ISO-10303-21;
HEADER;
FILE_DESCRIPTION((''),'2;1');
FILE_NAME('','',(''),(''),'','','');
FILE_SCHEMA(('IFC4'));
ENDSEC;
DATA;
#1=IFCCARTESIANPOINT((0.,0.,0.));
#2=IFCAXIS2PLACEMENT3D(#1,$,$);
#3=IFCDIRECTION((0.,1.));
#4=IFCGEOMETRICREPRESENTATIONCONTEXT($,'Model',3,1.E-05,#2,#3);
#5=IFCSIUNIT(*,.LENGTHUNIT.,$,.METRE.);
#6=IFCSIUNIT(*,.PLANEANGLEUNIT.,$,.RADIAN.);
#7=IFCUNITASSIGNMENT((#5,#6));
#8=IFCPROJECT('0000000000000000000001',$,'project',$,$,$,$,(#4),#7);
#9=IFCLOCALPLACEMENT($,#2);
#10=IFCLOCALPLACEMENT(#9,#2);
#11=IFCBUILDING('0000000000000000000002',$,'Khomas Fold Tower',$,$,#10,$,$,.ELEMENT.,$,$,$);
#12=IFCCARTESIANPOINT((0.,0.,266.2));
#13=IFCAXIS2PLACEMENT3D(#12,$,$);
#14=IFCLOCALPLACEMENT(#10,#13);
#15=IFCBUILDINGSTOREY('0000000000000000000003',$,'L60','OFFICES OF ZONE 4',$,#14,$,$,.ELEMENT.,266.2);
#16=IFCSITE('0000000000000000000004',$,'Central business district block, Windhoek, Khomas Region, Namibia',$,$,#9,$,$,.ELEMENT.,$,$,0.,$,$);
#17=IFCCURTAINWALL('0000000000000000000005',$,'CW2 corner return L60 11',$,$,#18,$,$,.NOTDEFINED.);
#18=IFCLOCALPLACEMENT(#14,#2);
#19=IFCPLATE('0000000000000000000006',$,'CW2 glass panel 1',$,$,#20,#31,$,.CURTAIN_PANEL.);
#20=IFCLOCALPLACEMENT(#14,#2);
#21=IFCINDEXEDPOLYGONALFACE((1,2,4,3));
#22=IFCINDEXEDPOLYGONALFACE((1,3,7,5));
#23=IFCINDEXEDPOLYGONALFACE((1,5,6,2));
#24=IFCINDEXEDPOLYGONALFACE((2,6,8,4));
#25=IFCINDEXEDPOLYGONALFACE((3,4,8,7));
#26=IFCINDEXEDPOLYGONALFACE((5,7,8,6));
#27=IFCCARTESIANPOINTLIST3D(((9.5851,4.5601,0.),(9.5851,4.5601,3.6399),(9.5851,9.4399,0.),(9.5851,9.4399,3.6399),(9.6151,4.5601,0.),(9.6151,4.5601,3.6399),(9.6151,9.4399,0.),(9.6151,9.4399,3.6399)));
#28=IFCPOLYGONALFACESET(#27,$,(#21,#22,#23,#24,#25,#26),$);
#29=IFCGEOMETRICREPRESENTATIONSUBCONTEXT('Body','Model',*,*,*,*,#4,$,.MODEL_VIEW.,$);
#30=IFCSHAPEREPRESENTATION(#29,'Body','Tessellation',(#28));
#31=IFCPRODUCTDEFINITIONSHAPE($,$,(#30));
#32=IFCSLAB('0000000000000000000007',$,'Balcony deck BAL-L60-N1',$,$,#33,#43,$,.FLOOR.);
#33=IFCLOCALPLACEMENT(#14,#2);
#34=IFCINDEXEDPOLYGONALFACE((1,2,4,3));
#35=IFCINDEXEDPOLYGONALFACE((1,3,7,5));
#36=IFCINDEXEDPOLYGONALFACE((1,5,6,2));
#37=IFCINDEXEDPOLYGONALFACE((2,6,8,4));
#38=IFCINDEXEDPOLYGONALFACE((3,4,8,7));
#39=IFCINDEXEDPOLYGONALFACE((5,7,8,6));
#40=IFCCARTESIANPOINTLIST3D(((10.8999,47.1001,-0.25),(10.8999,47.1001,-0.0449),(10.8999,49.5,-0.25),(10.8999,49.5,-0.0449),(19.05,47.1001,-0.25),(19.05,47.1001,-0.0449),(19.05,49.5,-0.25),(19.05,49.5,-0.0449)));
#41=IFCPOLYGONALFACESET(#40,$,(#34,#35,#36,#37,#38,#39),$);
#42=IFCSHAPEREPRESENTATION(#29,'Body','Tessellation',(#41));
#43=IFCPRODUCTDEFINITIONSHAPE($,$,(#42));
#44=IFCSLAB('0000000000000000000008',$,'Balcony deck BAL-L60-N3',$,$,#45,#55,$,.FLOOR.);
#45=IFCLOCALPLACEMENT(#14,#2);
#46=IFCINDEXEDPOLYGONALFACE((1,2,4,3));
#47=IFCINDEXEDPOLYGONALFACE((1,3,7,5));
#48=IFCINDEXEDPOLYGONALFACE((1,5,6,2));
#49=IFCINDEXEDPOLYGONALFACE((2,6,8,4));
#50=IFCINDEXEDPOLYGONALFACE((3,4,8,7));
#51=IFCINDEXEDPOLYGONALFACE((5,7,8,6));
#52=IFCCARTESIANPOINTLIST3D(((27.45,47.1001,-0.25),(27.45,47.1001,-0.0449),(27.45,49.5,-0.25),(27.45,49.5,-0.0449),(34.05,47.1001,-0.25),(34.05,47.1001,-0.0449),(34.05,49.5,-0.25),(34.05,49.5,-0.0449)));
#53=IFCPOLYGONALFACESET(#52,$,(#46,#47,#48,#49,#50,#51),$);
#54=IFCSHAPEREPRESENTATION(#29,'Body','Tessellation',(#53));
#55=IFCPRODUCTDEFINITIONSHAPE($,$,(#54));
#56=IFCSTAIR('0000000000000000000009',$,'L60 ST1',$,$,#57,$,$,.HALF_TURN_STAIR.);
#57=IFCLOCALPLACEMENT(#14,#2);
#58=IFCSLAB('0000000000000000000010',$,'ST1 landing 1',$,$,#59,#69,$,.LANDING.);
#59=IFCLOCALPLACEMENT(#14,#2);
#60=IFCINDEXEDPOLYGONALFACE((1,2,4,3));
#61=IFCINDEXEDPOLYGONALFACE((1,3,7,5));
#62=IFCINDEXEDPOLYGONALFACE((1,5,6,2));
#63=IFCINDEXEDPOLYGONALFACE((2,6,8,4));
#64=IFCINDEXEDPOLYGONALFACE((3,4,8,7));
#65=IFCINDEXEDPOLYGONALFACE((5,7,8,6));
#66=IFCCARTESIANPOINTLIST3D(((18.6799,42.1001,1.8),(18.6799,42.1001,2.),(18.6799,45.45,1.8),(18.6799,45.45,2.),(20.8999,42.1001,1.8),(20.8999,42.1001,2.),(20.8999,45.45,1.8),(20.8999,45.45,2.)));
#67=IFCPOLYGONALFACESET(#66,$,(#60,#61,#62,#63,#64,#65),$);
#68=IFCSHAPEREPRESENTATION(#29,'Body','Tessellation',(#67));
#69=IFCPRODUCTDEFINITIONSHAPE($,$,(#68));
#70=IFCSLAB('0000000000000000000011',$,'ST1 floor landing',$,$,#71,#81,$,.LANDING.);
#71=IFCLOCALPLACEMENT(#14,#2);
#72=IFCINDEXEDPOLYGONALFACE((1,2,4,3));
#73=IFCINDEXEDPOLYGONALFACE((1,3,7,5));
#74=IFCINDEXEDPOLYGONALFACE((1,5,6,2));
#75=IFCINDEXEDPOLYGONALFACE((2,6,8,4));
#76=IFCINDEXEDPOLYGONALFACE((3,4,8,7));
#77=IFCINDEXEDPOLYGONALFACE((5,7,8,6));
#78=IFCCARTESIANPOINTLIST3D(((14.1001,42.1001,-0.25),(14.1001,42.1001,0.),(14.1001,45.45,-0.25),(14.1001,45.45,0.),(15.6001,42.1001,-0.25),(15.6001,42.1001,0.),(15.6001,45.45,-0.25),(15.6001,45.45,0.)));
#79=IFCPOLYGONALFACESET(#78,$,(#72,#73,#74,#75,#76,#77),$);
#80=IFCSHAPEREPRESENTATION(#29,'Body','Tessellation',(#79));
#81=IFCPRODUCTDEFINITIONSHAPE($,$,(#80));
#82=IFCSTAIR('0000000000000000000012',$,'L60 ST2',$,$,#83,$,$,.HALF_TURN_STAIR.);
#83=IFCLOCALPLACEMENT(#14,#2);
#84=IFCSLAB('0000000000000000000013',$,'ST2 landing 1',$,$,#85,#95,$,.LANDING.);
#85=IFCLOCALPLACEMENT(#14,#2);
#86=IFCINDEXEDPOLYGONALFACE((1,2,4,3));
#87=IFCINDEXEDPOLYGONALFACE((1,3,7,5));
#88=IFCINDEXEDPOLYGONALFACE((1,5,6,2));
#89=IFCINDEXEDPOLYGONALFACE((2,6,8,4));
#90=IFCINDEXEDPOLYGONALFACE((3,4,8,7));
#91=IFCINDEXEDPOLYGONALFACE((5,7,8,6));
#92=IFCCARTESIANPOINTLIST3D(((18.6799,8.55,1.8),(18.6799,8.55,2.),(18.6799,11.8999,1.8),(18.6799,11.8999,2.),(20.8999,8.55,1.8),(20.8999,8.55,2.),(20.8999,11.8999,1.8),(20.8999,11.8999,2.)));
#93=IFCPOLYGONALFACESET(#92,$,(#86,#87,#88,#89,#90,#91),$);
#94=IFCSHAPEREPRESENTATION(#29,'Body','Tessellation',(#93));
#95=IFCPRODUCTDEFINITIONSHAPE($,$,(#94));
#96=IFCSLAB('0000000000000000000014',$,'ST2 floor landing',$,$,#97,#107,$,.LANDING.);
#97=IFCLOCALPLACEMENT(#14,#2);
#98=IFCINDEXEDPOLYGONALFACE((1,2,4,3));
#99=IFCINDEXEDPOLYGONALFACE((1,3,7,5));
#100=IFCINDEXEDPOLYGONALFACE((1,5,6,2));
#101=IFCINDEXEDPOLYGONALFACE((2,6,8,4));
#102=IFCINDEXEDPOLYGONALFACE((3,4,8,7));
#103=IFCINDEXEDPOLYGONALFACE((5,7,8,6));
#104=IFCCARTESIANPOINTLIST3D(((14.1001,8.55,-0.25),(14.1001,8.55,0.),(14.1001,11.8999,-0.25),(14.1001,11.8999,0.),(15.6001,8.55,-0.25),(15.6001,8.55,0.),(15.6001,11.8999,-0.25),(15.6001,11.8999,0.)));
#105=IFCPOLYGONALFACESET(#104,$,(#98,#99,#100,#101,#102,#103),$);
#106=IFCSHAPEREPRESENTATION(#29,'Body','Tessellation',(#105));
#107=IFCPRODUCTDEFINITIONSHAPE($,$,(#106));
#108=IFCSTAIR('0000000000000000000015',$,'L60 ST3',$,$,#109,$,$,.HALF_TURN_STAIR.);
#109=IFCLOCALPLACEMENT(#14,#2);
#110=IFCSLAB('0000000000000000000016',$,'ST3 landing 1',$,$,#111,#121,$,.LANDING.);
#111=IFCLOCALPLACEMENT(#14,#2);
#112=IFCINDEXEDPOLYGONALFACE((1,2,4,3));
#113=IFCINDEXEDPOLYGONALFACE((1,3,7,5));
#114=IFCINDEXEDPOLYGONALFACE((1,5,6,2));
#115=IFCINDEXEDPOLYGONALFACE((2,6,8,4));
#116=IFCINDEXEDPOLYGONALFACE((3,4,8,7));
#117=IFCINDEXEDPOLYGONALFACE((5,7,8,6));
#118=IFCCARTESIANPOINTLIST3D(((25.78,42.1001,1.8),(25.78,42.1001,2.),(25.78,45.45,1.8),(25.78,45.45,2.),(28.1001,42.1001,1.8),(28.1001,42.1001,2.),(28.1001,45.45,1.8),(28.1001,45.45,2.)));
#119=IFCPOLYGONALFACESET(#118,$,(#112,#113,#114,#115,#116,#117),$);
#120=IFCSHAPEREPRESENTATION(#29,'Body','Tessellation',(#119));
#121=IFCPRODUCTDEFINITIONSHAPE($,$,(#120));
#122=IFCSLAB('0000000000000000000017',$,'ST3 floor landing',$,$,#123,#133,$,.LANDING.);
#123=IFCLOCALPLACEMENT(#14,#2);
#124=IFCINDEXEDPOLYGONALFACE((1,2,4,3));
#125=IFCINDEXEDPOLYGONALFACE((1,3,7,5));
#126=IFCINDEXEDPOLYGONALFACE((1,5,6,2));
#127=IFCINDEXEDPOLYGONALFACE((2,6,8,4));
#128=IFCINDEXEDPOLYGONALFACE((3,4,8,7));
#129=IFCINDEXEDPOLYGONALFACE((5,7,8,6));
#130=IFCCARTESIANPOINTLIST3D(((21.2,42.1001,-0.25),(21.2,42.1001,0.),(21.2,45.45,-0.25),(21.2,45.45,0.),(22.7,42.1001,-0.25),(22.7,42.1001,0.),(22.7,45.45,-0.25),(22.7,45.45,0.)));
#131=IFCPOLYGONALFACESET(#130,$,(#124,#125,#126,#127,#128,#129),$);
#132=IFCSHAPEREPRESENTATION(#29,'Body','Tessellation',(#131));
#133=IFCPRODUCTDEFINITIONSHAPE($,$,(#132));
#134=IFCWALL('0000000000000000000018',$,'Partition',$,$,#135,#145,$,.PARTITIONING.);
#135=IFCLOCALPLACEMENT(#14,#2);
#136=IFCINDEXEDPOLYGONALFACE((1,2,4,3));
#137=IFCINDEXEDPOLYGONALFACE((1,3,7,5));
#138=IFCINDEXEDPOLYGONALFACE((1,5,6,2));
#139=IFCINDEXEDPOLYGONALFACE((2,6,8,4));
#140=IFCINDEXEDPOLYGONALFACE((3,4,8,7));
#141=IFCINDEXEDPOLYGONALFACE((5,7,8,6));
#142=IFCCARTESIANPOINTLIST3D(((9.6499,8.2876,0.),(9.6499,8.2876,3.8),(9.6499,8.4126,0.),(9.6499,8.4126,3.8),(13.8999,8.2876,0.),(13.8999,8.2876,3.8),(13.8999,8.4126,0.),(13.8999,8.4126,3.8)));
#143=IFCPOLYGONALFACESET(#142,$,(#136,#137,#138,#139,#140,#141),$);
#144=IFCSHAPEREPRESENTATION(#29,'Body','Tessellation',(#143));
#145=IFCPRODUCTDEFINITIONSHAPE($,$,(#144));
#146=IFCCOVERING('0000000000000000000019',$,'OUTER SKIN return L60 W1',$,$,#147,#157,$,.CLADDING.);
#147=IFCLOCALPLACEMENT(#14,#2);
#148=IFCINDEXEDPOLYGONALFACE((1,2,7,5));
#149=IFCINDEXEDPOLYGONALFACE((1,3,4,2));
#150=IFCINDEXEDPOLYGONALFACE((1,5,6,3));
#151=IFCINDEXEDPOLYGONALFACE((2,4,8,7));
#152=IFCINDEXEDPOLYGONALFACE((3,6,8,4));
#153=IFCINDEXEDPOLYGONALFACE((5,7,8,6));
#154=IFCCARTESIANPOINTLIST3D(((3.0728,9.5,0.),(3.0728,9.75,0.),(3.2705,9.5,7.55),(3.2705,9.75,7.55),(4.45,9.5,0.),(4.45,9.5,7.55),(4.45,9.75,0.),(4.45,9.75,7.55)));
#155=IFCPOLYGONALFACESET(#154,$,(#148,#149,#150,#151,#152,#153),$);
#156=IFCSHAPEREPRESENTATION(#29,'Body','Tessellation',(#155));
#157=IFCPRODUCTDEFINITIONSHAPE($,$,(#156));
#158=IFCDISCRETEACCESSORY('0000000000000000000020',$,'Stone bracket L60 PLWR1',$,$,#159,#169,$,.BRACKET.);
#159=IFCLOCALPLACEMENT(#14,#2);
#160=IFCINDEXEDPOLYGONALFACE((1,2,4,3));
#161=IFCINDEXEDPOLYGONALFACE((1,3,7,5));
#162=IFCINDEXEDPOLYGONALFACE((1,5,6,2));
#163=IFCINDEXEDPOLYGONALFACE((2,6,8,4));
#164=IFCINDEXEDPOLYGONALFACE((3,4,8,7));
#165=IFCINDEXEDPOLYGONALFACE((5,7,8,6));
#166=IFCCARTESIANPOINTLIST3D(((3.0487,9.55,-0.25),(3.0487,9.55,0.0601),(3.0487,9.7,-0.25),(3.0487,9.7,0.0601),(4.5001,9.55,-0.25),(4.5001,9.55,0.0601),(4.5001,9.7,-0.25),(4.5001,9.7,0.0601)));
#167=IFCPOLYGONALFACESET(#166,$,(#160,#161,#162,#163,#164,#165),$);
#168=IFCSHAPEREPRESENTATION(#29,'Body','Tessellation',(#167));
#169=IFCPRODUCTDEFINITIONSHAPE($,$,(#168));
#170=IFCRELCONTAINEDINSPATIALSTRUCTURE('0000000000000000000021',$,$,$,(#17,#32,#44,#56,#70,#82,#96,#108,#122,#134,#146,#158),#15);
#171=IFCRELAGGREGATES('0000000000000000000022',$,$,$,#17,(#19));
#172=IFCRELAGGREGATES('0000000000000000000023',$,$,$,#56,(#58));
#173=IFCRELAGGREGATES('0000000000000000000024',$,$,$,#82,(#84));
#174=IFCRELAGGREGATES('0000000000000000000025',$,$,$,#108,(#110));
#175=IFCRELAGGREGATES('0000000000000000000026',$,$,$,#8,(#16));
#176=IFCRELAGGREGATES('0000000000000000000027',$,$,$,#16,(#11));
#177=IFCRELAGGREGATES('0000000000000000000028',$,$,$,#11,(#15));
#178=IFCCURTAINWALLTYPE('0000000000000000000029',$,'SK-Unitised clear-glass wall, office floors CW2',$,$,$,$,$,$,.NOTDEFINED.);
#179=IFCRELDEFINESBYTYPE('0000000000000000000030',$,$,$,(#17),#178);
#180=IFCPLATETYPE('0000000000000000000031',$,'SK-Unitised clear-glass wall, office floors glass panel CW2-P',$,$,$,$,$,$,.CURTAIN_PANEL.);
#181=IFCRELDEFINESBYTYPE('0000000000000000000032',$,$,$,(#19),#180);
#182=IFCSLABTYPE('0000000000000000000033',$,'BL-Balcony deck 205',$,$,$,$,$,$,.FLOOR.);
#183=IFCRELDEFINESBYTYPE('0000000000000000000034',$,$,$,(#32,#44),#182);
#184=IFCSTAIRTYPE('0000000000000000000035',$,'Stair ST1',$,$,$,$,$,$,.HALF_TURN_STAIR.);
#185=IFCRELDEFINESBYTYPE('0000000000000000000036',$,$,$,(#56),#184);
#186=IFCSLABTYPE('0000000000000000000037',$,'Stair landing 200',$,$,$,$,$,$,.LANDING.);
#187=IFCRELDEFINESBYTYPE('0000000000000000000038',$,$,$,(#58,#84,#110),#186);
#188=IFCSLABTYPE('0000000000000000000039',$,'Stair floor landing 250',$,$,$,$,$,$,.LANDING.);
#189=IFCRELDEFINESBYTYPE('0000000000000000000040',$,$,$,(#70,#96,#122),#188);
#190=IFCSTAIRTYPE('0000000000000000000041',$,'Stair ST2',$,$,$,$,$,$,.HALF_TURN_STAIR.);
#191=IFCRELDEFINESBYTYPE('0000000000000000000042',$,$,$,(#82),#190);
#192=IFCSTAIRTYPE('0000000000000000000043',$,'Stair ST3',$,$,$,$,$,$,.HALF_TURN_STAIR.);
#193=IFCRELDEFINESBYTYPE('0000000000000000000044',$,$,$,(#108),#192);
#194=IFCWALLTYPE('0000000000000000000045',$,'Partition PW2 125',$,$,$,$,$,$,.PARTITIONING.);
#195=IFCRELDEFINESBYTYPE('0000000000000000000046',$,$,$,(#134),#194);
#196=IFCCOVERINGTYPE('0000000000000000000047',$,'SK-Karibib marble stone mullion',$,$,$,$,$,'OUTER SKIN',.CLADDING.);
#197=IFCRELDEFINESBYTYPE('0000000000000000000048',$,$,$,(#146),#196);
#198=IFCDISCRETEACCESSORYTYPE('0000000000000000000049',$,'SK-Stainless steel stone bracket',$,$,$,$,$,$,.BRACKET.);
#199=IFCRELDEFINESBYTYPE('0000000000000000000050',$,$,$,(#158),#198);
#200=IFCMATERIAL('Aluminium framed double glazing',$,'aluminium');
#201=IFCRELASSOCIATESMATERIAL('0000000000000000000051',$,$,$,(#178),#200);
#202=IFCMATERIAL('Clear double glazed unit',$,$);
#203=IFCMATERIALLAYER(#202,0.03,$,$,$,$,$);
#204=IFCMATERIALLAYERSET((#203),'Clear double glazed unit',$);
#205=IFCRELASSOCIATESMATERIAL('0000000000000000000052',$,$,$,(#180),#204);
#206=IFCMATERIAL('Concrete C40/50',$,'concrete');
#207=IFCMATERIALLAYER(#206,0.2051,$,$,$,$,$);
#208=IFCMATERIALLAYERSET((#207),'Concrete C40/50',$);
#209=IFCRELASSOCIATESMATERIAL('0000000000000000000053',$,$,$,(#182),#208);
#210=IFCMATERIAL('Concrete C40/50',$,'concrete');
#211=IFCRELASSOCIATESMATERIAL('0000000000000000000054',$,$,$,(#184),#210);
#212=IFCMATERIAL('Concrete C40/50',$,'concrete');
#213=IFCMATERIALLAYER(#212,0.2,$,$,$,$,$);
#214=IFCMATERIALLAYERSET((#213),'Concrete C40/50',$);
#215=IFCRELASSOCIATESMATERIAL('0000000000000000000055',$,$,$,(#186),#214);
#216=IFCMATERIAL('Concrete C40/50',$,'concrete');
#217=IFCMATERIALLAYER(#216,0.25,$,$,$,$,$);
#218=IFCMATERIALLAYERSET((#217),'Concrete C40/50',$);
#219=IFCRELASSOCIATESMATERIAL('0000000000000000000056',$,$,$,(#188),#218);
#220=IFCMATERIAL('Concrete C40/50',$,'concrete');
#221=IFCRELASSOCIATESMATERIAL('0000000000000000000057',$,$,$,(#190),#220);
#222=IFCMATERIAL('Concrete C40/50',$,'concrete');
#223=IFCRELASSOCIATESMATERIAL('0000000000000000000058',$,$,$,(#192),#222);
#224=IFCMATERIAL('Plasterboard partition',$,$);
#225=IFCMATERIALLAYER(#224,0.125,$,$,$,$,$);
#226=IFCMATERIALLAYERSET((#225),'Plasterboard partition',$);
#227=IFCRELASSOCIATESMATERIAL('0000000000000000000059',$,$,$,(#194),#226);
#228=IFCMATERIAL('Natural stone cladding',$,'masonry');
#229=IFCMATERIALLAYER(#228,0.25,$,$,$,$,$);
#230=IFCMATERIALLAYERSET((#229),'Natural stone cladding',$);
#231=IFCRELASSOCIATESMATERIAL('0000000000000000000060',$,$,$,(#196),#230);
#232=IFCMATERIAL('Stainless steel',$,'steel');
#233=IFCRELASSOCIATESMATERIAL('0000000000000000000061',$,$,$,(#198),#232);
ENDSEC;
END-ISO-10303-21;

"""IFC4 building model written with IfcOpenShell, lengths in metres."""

from ifc_helpers import new_model, si_unit, direction, frame, frame_2d, origin, origin_2d, place, context, subcontext, project, spatial, polyline, rectangle, outline, extrude, source, transform, mapped, material, layer, layer_set, type_object, element, aggregate, save


model = new_model("IFC4")

# Units and contexts
model_context = context("Model", 3, precision=1e-05, world=origin(), true_north=direction((0.0, 1.0)))
body_context = subcontext(model_context, "Body", "Model", "MODEL_VIEW")
ifc_project = project(units=[si_unit("LENGTHUNIT", "METRE"), si_unit("PLANEANGLEUNIT", "RADIAN")], contexts=[model_context])

# Site, building, storey
site_placement = place(None, origin())
site = spatial("IfcSite", under=ifc_project, at=site_placement, Name="Central business district block, Windhoek, Khomas Region, Namibia", CompositionType="ELEMENT", RefElevation=0.0)
building_placement = place(site_placement, origin())
building = spatial("IfcBuilding", under=site, at=building_placement, Name="Khomas Fold Tower", CompositionType="ELEMENT")
storey_placement = place(building_placement, frame((0.0, 0.0, 266.2)))
storey = spatial("IfcBuildingStorey", under=building, at=storey_placement, Name="L60", Description="OFFICES OF ZONE 4", CompositionType="ELEMENT", Elevation=266.2)

# Shared definitions
ifc_material_1 = material(Name="Aluminium framed double glazing", Category="aluminium")
curtain_wall_type = type_object("IfcCurtainWallType", Name="SK-Unitised clear-glass wall, office floors CW2", PredefinedType="NOTDEFINED", material=ifc_material_1)

# Curtain wall
curtain_wall_1_placement = place(storey_placement, origin())
curtain_wall_1 = element("IfcCurtainWall", 1, at=curtain_wall_1_placement, inside=storey, type_object=curtain_wall_type, Name="CW2 corner return L60 11", PredefinedType="NOTDEFINED")

# Plate
ifc_material_2 = material(Name="Clear double glazed unit")
ifc_layer_1 = layer(ifc_material_2, 0.03)
ifc_layer_set_1 = layer_set([ifc_layer_1], Name="Clear double glazed unit")
plate_type_1 = type_object("IfcPlateType", Name="SK-Unitised clear-glass wall, office floors glass panel CW2-P", PredefinedType="CURTAIN_PANEL", material=ifc_layer_set_1)
shared_shape_1 = source(origin(), body_context, "Body", "SweptSolid", [
    extrude(rectangle(XDim=4.8799, YDim=0.03, at=origin_2d()), origin(), (0.0, 0.0, 1.0), 3.6399),
])
plate_1_placement = place(storey_placement, frame((9.6001, 7.0, 0.0), z_axis=(0.0, 0.0, 1.0), x_axis=(0.0, -1.0, 0.0)))
plate_1 = element("IfcPlate", 2, at=plate_1_placement, type_object=plate_type_1, Name="CW2 glass panel 1", PredefinedType="CURTAIN_PANEL", context=body_context, shape_type="MappedRepresentation", body=[
    mapped(shared_shape_1, transform((0.0, 0.0, 0.0))),
])
aggregate(curtain_wall_1, [plate_1])

# Slabs
ifc_material_3 = material(Name="Concrete C40/50", Category="concrete")
ifc_layer_2 = layer(ifc_material_3, 0.2051)
ifc_layer_set_2 = layer_set([ifc_layer_2], Name="Concrete C40/50")
slab_type_1 = type_object("IfcSlabType", Name="BL-Balcony deck 205", PredefinedType="FLOOR", material=ifc_layer_set_2)
shared_shape_2 = source(origin(), body_context, "Body", "SweptSolid", [
    extrude(outline(polyline([(10.8999, 47.1001), (19.05, 47.1001), (19.05, 49.5), (10.8999, 49.5), (10.8999, 47.1001)])), origin(), (0.0, 0.0, 1.0), 0.2051),
])
slab_1_placement = place(storey_placement, frame((0.0, 0.0, -0.25)))
element("IfcSlab", 3, at=slab_1_placement, inside=storey, type_object=slab_type_1, Name="Balcony deck BAL-L60-N1", PredefinedType="FLOOR", context=body_context, shape_type="MappedRepresentation", body=[
    mapped(shared_shape_2, transform((0.0, 0.0, 0.0))),
])
shared_shape_3 = source(origin(), body_context, "Body", "SweptSolid", [
    extrude(outline(polyline([(27.45, 47.1001), (34.05, 47.1001), (34.05, 49.5), (27.45, 49.5), (27.45, 47.1001)])), origin(), (0.0, 0.0, 1.0), 0.2051),
])
slab_2_placement = place(storey_placement, frame((0.0, 0.0, -0.25)))
element("IfcSlab", 4, at=slab_2_placement, inside=storey, type_object=slab_type_1, Name="Balcony deck BAL-L60-N3", PredefinedType="FLOOR", context=body_context, shape_type="MappedRepresentation", body=[
    mapped(shared_shape_3, transform((0.0, 0.0, 0.0))),
])

# Stair, slab
ifc_material_4 = material(Name="Concrete C40/50", Category="concrete")
stair_type_1 = type_object("IfcStairType", Name="Stair ST1", PredefinedType="HALF_TURN_STAIR", material=ifc_material_4)
stair_1_placement = place(storey_placement, origin())
stair_1 = element("IfcStair", 5, at=stair_1_placement, inside=storey, type_object=stair_type_1, Name="L60 ST1", PredefinedType="HALF_TURN_STAIR")
ifc_material_5 = material(Name="Concrete C40/50", Category="concrete")
ifc_layer_3 = layer(ifc_material_5, 0.2)
ifc_layer_set_3 = layer_set([ifc_layer_3], Name="Concrete C40/50")
slab_type_2 = type_object("IfcSlabType", Name="Stair landing 200", PredefinedType="LANDING", material=ifc_layer_set_3)
shared_shape_4 = source(origin(), body_context, "Body", "SweptSolid", [
    extrude(outline(polyline([(18.6799, 42.1001), (20.8999, 42.1001), (20.8999, 45.45), (18.6799, 45.45), (18.6799, 42.1001)])), origin(), (0.0, 0.0, 1.0), 0.2),
])
slab_3_placement = place(storey_placement, frame((0.0, 0.0, 1.8)))
slab_3 = element("IfcSlab", 6, at=slab_3_placement, type_object=slab_type_2, Name="ST1 landing 1", PredefinedType="LANDING", context=body_context, shape_type="MappedRepresentation", body=[
    mapped(shared_shape_4, transform((0.0, 0.0, 0.0))),
])
aggregate(stair_1, [slab_3])

# Slab
ifc_material_6 = material(Name="Concrete C40/50", Category="concrete")
ifc_layer_4 = layer(ifc_material_6, 0.25)
ifc_layer_set_4 = layer_set([ifc_layer_4], Name="Concrete C40/50")
slab_type_3 = type_object("IfcSlabType", Name="Stair floor landing 250", PredefinedType="LANDING", material=ifc_layer_set_4)
shared_shape_5 = source(origin(), body_context, "Body", "SweptSolid", [
    extrude(outline(polyline([(15.6001, 42.1001), (14.1001, 42.1001), (14.1001, 45.45), (15.6001, 45.45), (15.6001, 42.1001)])), origin(), (0.0, 0.0, 1.0), 0.25),
])
slab_4_placement = place(storey_placement, frame((0.0, 0.0, -0.25)))
element("IfcSlab", 7, at=slab_4_placement, inside=storey, type_object=slab_type_3, Name="ST1 floor landing", PredefinedType="LANDING", context=body_context, shape_type="MappedRepresentation", body=[
    mapped(shared_shape_5, transform((0.0, 0.0, 0.0))),
])

# Stair, slab
ifc_material_7 = material(Name="Concrete C40/50", Category="concrete")
stair_type_2 = type_object("IfcStairType", Name="Stair ST2", PredefinedType="HALF_TURN_STAIR", material=ifc_material_7)
stair_2_placement = place(storey_placement, origin())
stair_2 = element("IfcStair", 8, at=stair_2_placement, inside=storey, type_object=stair_type_2, Name="L60 ST2", PredefinedType="HALF_TURN_STAIR")
shared_shape_6 = source(origin(), body_context, "Body", "SweptSolid", [
    extrude(outline(polyline([(18.6799, 8.55), (20.8999, 8.55), (20.8999, 11.8999), (18.6799, 11.8999), (18.6799, 8.55)])), origin(), (0.0, 0.0, 1.0), 0.2),
])
slab_5_placement = place(storey_placement, frame((0.0, 0.0, 1.8)))
slab_5 = element("IfcSlab", 9, at=slab_5_placement, type_object=slab_type_2, Name="ST2 landing 1", PredefinedType="LANDING", context=body_context, shape_type="MappedRepresentation", body=[
    mapped(shared_shape_6, transform((0.0, 0.0, 0.0))),
])
aggregate(stair_2, [slab_5])

# Slab
shared_shape_7 = source(origin(), body_context, "Body", "SweptSolid", [
    extrude(outline(polyline([(15.6001, 8.55), (14.1001, 8.55), (14.1001, 11.8999), (15.6001, 11.8999), (15.6001, 8.55)])), origin(), (0.0, 0.0, 1.0), 0.25),
])
slab_6_placement = place(storey_placement, frame((0.0, 0.0, -0.25)))
element("IfcSlab", 10, at=slab_6_placement, inside=storey, type_object=slab_type_3, Name="ST2 floor landing", PredefinedType="LANDING", context=body_context, shape_type="MappedRepresentation", body=[
    mapped(shared_shape_7, transform((0.0, 0.0, 0.0))),
])

# Stair, slab
ifc_material_8 = material(Name="Concrete C40/50", Category="concrete")
stair_type_3 = type_object("IfcStairType", Name="Stair ST3", PredefinedType="HALF_TURN_STAIR", material=ifc_material_8)
stair_3_placement = place(storey_placement, origin())
stair_3 = element("IfcStair", 11, at=stair_3_placement, inside=storey, type_object=stair_type_3, Name="L60 ST3", PredefinedType="HALF_TURN_STAIR")
shared_shape_8 = source(origin(), body_context, "Body", "SweptSolid", [
    extrude(outline(polyline([(25.78, 42.1001), (28.1001, 42.1001), (28.1001, 45.45), (25.78, 45.45), (25.78, 42.1001)])), origin(), (0.0, 0.0, 1.0), 0.2),
])
slab_7_placement = place(storey_placement, frame((0.0, 0.0, 1.8)))
slab_7 = element("IfcSlab", 12, at=slab_7_placement, type_object=slab_type_2, Name="ST3 landing 1", PredefinedType="LANDING", context=body_context, shape_type="MappedRepresentation", body=[
    mapped(shared_shape_8, transform((0.0, 0.0, 0.0))),
])
aggregate(stair_3, [slab_7])

# Slab
shared_shape_9 = source(origin(), body_context, "Body", "SweptSolid", [
    extrude(outline(polyline([(22.7, 42.1001), (21.2, 42.1001), (21.2, 45.45), (22.7, 45.45), (22.7, 42.1001)])), origin(), (0.0, 0.0, 1.0), 0.25),
])
slab_8_placement = place(storey_placement, frame((0.0, 0.0, -0.25)))
element("IfcSlab", 13, at=slab_8_placement, inside=storey, type_object=slab_type_3, Name="ST3 floor landing", PredefinedType="LANDING", context=body_context, shape_type="MappedRepresentation", body=[
    mapped(shared_shape_9, transform((0.0, 0.0, 0.0))),
])

# Wall
ifc_material_9 = material(Name="Plasterboard partition")
ifc_layer_5 = layer(ifc_material_9, 0.125)
ifc_layer_set_5 = layer_set([ifc_layer_5], Name="Plasterboard partition")
wall_type = type_object("IfcWallType", Name="Partition PW2 125", PredefinedType="PARTITIONING", material=ifc_layer_set_5)
shared_shape_10 = source(origin(), body_context, "Body", "SweptSolid", [
    extrude(rectangle(XDim=4.25, YDim=0.125, at=frame_2d((2.125, 0.0))), origin(), (0.0, 0.0, 1.0), 3.8),
])
wall_placement = place(storey_placement, frame((9.6499, 8.3501, 0.0), z_axis=(0.0, 0.0, 1.0), x_axis=(1.0, 0.0, 0.0)))
element("IfcWall", 14, at=wall_placement, inside=storey, type_object=wall_type, Name="Partition", PredefinedType="PARTITIONING", context=body_context, shape_type="MappedRepresentation", body=[
    mapped(shared_shape_10, transform((0.0, 0.0, 0.0))),
])

# Covering
ifc_material_10 = material(Name="Natural stone cladding", Category="masonry")
ifc_layer_6 = layer(ifc_material_10, 0.25)
ifc_layer_set_6 = layer_set([ifc_layer_6], Name="Natural stone cladding")
covering_type = type_object("IfcCoveringType", Name="SK-Karibib marble stone mullion", ElementType="OUTER SKIN", PredefinedType="CLADDING", material=ifc_layer_set_6)
covering_placement = place(storey_placement, frame((4.45, 9.5, 7.55), z_axis=(0.0, -1.0, 0.0), x_axis=(-1.0, 0.0, 0.0)))
element("IfcCovering", 15, at=covering_placement, inside=storey, type_object=covering_type, Name="OUTER SKIN return L60 W1", PredefinedType="CLADDING", context=body_context, shape_type="SweptSolid", body=[
    extrude(outline(polyline([(0.0, 0.0), (1.1794, 0.0), (1.3772, 7.55), (0.0, 7.55), (0.0, 0.0)])), origin(), (0.0, 0.0, -1.0), 0.25),
])

# Discrete accessory
ifc_material_11 = material(Name="Stainless steel", Category="steel")
discrete_accessory_type = type_object("IfcDiscreteAccessoryType", Name="SK-Stainless steel stone bracket", PredefinedType="BRACKET", material=ifc_material_11)
shared_shape_11 = source(origin(), body_context, "Body", "SweptSolid", [
    extrude(rectangle(XDim=1.4514, YDim=0.1499, at=origin_2d()), origin(), (0.0, 0.0, 1.0), 0.3101),
])
discrete_accessory_placement = place(storey_placement, frame((3.7744, 9.625, -0.25), z_axis=(0.0, 0.0, 1.0), x_axis=(-1.0, 0.0, 0.0)))
element("IfcDiscreteAccessory", 16, at=discrete_accessory_placement, inside=storey, type_object=discrete_accessory_type, Name="Stone bracket L60 PLWR1", PredefinedType="BRACKET", context=body_context, shape_type="MappedRepresentation", body=[
    mapped(shared_shape_11, transform((0.0, 0.0, 0.0))),
])

save(model, "model.ifc")
